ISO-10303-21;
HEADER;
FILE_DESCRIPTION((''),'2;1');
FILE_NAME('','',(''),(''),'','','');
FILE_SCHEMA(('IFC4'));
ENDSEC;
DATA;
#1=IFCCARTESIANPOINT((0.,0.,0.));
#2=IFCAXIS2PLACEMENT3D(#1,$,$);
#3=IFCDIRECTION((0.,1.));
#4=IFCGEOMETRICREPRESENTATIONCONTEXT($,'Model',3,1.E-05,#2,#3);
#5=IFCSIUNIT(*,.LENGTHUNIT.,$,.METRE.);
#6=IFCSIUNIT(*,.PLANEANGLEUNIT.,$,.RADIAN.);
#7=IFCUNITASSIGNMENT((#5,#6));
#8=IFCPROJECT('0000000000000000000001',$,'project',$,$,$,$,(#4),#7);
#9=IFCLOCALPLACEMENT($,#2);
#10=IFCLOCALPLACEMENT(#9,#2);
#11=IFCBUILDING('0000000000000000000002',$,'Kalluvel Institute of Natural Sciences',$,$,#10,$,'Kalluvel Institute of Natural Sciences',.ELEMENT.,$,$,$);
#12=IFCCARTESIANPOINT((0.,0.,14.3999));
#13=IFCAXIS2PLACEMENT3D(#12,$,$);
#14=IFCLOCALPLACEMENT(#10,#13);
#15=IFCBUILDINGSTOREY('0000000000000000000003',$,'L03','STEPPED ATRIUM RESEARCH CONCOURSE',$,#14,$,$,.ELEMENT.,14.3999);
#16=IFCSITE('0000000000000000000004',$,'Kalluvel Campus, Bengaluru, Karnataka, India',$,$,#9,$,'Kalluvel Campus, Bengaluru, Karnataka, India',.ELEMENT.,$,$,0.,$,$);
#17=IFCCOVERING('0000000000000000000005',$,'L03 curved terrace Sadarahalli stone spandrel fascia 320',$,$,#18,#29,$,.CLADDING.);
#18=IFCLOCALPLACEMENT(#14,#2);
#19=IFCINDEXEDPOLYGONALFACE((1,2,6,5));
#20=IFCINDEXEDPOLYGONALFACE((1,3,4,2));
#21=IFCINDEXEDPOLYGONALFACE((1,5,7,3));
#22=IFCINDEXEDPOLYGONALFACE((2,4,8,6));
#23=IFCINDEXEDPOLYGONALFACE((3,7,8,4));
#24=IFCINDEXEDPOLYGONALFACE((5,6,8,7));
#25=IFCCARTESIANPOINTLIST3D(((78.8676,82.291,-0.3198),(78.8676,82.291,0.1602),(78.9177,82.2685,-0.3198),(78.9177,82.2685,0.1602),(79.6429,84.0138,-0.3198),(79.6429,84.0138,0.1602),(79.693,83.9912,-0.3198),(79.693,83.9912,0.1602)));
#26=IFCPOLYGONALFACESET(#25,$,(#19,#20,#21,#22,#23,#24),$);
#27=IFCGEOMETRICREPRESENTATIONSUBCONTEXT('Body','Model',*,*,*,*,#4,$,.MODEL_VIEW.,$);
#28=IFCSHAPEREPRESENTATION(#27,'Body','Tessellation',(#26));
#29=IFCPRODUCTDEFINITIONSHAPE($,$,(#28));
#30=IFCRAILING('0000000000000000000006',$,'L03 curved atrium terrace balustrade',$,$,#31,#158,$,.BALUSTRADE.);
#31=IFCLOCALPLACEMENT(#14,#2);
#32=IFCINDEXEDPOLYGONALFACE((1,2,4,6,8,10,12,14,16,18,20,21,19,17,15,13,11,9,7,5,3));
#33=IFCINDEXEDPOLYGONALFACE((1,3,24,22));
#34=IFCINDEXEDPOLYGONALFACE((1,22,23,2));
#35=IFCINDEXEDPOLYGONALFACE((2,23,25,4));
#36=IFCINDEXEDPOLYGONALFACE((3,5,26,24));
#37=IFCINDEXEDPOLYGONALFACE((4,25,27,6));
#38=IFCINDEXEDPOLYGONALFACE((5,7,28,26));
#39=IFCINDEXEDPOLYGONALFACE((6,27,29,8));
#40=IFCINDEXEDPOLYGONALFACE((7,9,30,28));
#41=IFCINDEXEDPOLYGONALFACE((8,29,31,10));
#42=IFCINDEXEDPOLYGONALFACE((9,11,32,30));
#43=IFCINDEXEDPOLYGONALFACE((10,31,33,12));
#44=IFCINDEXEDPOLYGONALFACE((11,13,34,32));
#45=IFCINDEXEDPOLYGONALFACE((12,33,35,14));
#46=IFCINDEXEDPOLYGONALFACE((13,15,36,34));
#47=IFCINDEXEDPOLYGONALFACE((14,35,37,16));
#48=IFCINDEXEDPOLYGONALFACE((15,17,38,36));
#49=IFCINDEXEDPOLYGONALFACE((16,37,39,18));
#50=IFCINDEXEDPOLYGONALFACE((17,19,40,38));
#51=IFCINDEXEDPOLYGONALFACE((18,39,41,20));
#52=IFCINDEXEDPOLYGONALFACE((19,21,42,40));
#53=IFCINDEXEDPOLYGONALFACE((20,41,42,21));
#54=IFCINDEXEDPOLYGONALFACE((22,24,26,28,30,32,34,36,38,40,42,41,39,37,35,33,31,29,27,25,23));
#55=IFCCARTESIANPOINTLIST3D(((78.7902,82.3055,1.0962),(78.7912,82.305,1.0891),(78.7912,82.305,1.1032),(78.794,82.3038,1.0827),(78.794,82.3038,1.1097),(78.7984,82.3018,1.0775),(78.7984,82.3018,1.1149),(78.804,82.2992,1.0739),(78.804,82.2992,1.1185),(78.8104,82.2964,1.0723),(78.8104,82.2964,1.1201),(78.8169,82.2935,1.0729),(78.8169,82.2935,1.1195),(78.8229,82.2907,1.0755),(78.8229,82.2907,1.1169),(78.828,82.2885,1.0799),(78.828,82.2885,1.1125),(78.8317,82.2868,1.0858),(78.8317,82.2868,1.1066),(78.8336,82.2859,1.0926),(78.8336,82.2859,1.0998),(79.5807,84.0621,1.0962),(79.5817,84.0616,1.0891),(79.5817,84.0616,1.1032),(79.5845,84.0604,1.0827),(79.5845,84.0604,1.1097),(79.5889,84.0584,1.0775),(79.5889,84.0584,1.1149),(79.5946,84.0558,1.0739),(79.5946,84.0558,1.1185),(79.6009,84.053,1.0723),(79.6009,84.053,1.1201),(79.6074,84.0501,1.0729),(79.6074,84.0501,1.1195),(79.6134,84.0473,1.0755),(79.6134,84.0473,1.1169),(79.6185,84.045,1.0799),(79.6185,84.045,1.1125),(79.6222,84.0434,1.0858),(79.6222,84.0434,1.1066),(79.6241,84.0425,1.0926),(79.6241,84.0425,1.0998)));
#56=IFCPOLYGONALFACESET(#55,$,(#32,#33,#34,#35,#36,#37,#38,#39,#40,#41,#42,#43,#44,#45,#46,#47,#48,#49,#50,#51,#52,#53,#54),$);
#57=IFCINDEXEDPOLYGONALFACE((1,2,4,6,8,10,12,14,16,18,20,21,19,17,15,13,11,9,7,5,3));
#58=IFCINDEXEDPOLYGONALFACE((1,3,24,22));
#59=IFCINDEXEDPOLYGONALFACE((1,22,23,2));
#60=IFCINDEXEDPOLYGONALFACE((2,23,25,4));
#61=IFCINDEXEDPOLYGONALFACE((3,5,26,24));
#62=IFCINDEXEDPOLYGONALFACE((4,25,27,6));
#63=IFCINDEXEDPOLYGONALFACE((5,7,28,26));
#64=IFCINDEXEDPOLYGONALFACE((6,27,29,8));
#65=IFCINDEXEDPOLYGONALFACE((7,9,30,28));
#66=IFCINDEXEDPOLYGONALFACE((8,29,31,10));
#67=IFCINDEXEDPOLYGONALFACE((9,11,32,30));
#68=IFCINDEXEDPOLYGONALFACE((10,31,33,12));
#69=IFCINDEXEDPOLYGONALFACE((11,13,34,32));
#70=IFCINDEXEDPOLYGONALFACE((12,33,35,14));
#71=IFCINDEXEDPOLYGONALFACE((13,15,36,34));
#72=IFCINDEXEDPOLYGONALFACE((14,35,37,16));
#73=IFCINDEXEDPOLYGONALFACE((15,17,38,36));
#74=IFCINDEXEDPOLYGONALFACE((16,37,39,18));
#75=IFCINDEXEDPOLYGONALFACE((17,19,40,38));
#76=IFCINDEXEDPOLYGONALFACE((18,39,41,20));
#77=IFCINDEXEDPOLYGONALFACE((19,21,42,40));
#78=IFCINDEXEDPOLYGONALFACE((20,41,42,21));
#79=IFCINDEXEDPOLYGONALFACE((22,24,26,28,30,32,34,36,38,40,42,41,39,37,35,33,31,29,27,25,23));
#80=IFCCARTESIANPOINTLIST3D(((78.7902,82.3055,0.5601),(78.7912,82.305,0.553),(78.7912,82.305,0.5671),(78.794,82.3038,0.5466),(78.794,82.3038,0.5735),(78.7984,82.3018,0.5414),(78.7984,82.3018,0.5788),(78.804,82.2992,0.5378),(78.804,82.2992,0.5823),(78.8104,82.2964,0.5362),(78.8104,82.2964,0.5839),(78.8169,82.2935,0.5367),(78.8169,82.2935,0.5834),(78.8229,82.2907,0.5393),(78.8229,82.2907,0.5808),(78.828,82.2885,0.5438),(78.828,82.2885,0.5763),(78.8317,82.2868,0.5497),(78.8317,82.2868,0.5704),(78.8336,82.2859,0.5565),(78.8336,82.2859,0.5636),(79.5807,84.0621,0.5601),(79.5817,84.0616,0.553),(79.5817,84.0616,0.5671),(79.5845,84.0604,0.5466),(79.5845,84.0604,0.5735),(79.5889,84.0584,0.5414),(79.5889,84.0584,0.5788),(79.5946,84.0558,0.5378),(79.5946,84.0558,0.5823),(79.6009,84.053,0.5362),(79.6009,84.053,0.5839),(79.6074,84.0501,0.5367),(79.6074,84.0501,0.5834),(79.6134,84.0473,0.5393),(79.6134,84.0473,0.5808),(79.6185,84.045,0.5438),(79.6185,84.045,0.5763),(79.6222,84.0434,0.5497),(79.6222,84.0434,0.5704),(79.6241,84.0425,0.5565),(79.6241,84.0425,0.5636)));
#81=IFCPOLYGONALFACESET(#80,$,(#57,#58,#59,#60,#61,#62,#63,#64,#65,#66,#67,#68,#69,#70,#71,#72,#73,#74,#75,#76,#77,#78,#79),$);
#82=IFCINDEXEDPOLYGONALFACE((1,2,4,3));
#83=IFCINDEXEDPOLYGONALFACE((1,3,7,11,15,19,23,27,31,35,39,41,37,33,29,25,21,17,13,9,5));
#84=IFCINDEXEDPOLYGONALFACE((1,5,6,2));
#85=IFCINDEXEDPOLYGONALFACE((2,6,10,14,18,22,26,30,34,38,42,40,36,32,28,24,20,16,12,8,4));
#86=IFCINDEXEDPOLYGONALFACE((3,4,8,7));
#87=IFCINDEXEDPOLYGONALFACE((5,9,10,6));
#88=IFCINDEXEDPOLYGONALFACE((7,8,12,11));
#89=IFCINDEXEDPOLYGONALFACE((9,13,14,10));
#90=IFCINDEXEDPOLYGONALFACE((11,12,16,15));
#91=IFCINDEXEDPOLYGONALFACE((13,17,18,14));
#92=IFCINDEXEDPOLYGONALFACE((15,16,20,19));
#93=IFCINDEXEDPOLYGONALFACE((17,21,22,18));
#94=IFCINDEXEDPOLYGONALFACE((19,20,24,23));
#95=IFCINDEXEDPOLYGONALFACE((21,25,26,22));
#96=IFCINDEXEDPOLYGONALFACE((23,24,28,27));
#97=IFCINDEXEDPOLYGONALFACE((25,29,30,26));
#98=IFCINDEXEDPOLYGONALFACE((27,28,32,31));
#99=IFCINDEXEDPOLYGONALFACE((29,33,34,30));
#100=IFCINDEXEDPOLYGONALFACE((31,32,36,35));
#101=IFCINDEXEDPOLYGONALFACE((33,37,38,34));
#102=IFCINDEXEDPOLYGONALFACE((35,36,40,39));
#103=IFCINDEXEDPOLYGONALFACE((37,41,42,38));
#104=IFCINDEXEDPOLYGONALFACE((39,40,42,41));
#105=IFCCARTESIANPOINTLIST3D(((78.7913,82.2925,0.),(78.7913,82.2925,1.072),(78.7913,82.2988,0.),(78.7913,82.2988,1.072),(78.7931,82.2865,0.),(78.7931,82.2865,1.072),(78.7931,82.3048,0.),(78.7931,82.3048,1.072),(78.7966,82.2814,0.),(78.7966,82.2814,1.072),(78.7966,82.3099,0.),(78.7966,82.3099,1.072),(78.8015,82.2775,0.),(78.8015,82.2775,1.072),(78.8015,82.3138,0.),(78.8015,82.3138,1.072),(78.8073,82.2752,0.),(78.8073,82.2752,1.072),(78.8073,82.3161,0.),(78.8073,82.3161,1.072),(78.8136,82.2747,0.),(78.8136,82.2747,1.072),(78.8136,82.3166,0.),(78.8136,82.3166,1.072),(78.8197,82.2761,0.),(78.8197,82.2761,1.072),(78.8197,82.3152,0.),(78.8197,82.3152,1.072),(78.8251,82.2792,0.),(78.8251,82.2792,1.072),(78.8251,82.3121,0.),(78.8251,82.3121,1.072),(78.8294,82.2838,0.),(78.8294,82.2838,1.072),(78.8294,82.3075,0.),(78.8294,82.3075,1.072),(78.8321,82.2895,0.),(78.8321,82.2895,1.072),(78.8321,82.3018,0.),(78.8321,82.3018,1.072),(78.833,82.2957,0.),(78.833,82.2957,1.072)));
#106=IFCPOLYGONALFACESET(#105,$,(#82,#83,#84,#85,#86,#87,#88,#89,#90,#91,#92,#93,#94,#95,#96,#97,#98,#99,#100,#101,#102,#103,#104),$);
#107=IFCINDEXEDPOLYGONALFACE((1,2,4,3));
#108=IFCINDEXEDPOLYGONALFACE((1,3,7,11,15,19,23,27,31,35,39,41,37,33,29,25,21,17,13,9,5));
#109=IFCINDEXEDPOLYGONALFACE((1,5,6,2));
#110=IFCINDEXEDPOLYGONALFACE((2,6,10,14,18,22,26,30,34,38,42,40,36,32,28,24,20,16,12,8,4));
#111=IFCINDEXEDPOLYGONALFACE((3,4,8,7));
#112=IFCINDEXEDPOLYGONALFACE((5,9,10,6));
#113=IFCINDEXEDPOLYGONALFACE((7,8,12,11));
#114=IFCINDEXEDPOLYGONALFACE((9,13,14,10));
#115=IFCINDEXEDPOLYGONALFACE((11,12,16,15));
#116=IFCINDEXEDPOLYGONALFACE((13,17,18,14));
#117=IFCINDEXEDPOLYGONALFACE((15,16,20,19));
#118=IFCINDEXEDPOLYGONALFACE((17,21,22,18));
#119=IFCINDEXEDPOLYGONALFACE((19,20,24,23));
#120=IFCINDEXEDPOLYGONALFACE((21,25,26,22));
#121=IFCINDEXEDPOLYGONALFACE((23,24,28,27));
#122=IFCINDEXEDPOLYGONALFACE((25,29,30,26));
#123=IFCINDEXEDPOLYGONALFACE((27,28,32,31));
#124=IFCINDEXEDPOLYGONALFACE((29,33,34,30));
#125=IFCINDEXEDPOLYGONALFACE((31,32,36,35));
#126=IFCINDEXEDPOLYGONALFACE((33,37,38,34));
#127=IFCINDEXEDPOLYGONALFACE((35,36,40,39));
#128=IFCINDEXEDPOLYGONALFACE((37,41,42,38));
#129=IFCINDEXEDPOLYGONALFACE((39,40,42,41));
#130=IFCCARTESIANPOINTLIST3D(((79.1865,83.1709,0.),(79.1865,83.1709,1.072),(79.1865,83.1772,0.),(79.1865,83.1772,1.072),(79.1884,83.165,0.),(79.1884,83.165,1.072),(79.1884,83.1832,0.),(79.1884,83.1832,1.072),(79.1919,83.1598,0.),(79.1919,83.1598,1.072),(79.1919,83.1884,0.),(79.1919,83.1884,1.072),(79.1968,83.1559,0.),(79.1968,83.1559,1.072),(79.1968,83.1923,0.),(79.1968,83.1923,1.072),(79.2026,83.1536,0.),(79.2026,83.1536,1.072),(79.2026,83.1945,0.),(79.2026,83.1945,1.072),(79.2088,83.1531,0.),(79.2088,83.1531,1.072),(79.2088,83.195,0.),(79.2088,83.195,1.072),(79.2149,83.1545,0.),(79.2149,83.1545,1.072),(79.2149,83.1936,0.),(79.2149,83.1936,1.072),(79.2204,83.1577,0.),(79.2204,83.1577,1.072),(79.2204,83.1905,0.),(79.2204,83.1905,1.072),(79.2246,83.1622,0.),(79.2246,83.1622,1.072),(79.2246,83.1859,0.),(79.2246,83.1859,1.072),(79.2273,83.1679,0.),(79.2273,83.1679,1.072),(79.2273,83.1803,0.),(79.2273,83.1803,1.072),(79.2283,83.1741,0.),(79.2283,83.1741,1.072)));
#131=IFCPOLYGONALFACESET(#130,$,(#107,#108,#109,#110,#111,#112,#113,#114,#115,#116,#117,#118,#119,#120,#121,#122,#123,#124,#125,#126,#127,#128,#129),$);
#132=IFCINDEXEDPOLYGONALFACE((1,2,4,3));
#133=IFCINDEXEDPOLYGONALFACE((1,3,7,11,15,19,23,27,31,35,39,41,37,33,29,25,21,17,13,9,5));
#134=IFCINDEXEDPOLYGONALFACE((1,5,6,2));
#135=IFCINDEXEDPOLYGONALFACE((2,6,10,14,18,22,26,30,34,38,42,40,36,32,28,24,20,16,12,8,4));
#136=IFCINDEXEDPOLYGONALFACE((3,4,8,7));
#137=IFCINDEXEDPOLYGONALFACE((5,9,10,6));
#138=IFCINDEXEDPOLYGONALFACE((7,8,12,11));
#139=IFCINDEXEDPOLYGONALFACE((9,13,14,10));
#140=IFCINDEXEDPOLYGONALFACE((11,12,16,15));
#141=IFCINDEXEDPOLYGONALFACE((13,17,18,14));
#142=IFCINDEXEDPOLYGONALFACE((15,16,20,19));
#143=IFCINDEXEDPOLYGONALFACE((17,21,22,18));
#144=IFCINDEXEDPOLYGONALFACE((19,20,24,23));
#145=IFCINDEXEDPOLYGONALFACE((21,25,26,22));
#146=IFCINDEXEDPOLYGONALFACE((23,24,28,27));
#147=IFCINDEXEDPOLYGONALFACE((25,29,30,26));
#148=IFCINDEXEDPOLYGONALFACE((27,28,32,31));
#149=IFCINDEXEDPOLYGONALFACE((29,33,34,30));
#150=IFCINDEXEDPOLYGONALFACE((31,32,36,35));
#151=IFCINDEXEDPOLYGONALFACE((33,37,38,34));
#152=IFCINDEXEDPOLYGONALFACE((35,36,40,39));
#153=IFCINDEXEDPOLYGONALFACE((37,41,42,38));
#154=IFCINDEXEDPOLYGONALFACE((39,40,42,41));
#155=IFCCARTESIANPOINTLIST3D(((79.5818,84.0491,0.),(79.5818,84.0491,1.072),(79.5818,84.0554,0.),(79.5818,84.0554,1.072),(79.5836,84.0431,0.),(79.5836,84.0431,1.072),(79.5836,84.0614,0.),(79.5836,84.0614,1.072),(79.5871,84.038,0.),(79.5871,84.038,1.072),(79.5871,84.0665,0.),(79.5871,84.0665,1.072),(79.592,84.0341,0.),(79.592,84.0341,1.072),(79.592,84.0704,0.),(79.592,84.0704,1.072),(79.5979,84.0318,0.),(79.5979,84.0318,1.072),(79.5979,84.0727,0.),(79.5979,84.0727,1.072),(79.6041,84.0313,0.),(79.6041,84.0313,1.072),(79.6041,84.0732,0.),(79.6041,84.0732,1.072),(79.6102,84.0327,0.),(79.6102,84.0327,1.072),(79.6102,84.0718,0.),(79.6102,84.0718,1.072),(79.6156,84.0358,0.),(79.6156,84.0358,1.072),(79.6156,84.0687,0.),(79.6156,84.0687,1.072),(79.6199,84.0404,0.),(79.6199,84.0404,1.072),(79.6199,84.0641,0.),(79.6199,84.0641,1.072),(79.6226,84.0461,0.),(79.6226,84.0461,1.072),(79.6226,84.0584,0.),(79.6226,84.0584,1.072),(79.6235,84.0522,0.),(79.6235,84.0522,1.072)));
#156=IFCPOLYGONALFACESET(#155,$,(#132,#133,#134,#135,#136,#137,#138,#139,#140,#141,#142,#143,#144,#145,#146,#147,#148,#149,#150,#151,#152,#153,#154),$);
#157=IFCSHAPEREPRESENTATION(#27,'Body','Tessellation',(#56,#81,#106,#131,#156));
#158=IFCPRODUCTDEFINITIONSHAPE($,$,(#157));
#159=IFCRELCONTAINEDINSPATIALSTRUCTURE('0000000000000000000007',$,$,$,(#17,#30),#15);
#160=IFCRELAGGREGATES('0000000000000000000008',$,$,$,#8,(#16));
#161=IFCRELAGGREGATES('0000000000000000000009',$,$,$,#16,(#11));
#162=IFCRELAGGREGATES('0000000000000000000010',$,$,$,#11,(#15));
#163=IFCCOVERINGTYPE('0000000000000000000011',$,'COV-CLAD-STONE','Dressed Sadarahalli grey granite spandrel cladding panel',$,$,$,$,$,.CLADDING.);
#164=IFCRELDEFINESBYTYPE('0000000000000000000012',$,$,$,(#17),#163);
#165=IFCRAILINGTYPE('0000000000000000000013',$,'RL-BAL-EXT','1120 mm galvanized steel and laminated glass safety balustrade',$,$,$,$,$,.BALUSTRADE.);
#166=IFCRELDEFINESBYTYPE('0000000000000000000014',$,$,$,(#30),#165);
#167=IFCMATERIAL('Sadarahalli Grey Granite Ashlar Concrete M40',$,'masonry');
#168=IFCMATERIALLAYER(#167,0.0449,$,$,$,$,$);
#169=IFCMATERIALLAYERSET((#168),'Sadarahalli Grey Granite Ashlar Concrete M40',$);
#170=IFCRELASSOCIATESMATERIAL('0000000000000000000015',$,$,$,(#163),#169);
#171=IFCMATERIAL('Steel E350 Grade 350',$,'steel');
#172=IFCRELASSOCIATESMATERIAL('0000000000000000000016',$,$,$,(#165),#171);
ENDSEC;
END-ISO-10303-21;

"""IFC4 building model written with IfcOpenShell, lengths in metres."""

from ifc_helpers import new_model, si_unit, direction, frame, origin, origin_2d, place, context, subcontext, project, spatial, rectangle, circle, extrude, material, layer, layer_set, type_object, element, save


model = new_model("IFC4")

# Units and contexts
model_context = context("Model", 3, precision=1e-05, world=origin(), true_north=direction((0.0, 1.0)))
body_context = subcontext(model_context, "Body", "Model", "MODEL_VIEW")
ifc_project = project(units=[si_unit("LENGTHUNIT", "METRE"), si_unit("PLANEANGLEUNIT", "RADIAN")], contexts=[model_context])

# Site, building, storey
site_placement = place(None, origin())
site = spatial("IfcSite", under=ifc_project, at=site_placement, Name="Kalluvel Campus, Bengaluru, Karnataka, India", LongName="Kalluvel Campus, Bengaluru, Karnataka, India", CompositionType="ELEMENT", RefElevation=0.0)
building_placement = place(site_placement, origin())
building = spatial("IfcBuilding", under=site, at=building_placement, Name="Kalluvel Institute of Natural Sciences", LongName="Kalluvel Institute of Natural Sciences", CompositionType="ELEMENT")
storey_placement = place(building_placement, frame((0.0, 0.0, 14.3999)))
storey = spatial("IfcBuildingStorey", under=building, at=storey_placement, Name="L03", Description="STEPPED ATRIUM RESEARCH CONCOURSE", CompositionType="ELEMENT", Elevation=14.3999)

# Covering
ifc_material_1 = material(Name="Sadarahalli Grey Granite Ashlar Concrete M40", Category="masonry")
ifc_layer_1 = layer(ifc_material_1, 0.0449)
ifc_layer_set_1 = layer_set([ifc_layer_1], Name="Sadarahalli Grey Granite Ashlar Concrete M40")
covering_type = type_object("IfcCoveringType", Name="COV-CLAD-STONE", Description="Dressed Sadarahalli grey granite spandrel cladding panel", PredefinedType="CLADDING", material=ifc_layer_set_1)
covering_placement = place(storey_placement, frame((79.2803, 83.1411, -0.3198), z_axis=(0.0, 0.0, 1.0), x_axis=(0.410401, 0.911905, 0.0)))
element("IfcCovering", 1, at=covering_placement, inside=storey, type_object=covering_type, Name="L03 curved terrace Sadarahalli stone spandrel fascia 320", PredefinedType="CLADDING", context=body_context, shape_type="SweptSolid", body=[
    extrude(rectangle(XDim=1.8892, YDim=0.0549, at=origin_2d()), origin(), (0.0, 0.0, 1.0), 0.48),
])

# Railing
ifc_material_2 = material(Name="Steel E350 Grade 350", Category="steel")
railing_type = type_object("IfcRailingType", Name="RL-BAL-EXT", Description="1120 mm galvanized steel and laminated glass safety balustrade", PredefinedType="BALUSTRADE", material=ifc_material_2)
railing_1_placement = place(storey_placement, frame((78.812, 82.2957, 0.0)))
element("IfcRailing", 2, at=railing_1_placement, inside=storey, type_object=railing_type, Name="L03 curved atrium terrace balustrade", PredefinedType="BALUSTRADE", context=body_context, shape_type="SweptSolid", body=[
    extrude(circle(Radius=0.0239, at=origin_2d()), frame((0.0, 0.0, 1.0962), z_axis=(0.410391, 0.91191, 0.0), x_axis=(-0.91191, 0.410391, 0.0)), (0.0, 0.0, 1.0), 1.9263),
    extrude(circle(Radius=0.0239, at=origin_2d()), frame((0.0, 0.0, 0.5601), z_axis=(0.410391, 0.91191, 0.0), x_axis=(-0.91191, 0.410391, 0.0)), (0.0, 0.0, 1.0), 1.9263),
    extrude(circle(Radius=0.021, at=origin_2d()), origin(), (0.0, 0.0, 1.0), 1.072),
    extrude(circle(Radius=0.021, at=origin_2d()), frame((0.3953, 0.8784, 0.0)), (0.0, 0.0, 1.0), 1.072),
    extrude(circle(Radius=0.021, at=origin_2d()), frame((0.7905, 1.7566, 0.0)), (0.0, 0.0, 1.0), 1.072),
])

save(model, "model.ifc")
